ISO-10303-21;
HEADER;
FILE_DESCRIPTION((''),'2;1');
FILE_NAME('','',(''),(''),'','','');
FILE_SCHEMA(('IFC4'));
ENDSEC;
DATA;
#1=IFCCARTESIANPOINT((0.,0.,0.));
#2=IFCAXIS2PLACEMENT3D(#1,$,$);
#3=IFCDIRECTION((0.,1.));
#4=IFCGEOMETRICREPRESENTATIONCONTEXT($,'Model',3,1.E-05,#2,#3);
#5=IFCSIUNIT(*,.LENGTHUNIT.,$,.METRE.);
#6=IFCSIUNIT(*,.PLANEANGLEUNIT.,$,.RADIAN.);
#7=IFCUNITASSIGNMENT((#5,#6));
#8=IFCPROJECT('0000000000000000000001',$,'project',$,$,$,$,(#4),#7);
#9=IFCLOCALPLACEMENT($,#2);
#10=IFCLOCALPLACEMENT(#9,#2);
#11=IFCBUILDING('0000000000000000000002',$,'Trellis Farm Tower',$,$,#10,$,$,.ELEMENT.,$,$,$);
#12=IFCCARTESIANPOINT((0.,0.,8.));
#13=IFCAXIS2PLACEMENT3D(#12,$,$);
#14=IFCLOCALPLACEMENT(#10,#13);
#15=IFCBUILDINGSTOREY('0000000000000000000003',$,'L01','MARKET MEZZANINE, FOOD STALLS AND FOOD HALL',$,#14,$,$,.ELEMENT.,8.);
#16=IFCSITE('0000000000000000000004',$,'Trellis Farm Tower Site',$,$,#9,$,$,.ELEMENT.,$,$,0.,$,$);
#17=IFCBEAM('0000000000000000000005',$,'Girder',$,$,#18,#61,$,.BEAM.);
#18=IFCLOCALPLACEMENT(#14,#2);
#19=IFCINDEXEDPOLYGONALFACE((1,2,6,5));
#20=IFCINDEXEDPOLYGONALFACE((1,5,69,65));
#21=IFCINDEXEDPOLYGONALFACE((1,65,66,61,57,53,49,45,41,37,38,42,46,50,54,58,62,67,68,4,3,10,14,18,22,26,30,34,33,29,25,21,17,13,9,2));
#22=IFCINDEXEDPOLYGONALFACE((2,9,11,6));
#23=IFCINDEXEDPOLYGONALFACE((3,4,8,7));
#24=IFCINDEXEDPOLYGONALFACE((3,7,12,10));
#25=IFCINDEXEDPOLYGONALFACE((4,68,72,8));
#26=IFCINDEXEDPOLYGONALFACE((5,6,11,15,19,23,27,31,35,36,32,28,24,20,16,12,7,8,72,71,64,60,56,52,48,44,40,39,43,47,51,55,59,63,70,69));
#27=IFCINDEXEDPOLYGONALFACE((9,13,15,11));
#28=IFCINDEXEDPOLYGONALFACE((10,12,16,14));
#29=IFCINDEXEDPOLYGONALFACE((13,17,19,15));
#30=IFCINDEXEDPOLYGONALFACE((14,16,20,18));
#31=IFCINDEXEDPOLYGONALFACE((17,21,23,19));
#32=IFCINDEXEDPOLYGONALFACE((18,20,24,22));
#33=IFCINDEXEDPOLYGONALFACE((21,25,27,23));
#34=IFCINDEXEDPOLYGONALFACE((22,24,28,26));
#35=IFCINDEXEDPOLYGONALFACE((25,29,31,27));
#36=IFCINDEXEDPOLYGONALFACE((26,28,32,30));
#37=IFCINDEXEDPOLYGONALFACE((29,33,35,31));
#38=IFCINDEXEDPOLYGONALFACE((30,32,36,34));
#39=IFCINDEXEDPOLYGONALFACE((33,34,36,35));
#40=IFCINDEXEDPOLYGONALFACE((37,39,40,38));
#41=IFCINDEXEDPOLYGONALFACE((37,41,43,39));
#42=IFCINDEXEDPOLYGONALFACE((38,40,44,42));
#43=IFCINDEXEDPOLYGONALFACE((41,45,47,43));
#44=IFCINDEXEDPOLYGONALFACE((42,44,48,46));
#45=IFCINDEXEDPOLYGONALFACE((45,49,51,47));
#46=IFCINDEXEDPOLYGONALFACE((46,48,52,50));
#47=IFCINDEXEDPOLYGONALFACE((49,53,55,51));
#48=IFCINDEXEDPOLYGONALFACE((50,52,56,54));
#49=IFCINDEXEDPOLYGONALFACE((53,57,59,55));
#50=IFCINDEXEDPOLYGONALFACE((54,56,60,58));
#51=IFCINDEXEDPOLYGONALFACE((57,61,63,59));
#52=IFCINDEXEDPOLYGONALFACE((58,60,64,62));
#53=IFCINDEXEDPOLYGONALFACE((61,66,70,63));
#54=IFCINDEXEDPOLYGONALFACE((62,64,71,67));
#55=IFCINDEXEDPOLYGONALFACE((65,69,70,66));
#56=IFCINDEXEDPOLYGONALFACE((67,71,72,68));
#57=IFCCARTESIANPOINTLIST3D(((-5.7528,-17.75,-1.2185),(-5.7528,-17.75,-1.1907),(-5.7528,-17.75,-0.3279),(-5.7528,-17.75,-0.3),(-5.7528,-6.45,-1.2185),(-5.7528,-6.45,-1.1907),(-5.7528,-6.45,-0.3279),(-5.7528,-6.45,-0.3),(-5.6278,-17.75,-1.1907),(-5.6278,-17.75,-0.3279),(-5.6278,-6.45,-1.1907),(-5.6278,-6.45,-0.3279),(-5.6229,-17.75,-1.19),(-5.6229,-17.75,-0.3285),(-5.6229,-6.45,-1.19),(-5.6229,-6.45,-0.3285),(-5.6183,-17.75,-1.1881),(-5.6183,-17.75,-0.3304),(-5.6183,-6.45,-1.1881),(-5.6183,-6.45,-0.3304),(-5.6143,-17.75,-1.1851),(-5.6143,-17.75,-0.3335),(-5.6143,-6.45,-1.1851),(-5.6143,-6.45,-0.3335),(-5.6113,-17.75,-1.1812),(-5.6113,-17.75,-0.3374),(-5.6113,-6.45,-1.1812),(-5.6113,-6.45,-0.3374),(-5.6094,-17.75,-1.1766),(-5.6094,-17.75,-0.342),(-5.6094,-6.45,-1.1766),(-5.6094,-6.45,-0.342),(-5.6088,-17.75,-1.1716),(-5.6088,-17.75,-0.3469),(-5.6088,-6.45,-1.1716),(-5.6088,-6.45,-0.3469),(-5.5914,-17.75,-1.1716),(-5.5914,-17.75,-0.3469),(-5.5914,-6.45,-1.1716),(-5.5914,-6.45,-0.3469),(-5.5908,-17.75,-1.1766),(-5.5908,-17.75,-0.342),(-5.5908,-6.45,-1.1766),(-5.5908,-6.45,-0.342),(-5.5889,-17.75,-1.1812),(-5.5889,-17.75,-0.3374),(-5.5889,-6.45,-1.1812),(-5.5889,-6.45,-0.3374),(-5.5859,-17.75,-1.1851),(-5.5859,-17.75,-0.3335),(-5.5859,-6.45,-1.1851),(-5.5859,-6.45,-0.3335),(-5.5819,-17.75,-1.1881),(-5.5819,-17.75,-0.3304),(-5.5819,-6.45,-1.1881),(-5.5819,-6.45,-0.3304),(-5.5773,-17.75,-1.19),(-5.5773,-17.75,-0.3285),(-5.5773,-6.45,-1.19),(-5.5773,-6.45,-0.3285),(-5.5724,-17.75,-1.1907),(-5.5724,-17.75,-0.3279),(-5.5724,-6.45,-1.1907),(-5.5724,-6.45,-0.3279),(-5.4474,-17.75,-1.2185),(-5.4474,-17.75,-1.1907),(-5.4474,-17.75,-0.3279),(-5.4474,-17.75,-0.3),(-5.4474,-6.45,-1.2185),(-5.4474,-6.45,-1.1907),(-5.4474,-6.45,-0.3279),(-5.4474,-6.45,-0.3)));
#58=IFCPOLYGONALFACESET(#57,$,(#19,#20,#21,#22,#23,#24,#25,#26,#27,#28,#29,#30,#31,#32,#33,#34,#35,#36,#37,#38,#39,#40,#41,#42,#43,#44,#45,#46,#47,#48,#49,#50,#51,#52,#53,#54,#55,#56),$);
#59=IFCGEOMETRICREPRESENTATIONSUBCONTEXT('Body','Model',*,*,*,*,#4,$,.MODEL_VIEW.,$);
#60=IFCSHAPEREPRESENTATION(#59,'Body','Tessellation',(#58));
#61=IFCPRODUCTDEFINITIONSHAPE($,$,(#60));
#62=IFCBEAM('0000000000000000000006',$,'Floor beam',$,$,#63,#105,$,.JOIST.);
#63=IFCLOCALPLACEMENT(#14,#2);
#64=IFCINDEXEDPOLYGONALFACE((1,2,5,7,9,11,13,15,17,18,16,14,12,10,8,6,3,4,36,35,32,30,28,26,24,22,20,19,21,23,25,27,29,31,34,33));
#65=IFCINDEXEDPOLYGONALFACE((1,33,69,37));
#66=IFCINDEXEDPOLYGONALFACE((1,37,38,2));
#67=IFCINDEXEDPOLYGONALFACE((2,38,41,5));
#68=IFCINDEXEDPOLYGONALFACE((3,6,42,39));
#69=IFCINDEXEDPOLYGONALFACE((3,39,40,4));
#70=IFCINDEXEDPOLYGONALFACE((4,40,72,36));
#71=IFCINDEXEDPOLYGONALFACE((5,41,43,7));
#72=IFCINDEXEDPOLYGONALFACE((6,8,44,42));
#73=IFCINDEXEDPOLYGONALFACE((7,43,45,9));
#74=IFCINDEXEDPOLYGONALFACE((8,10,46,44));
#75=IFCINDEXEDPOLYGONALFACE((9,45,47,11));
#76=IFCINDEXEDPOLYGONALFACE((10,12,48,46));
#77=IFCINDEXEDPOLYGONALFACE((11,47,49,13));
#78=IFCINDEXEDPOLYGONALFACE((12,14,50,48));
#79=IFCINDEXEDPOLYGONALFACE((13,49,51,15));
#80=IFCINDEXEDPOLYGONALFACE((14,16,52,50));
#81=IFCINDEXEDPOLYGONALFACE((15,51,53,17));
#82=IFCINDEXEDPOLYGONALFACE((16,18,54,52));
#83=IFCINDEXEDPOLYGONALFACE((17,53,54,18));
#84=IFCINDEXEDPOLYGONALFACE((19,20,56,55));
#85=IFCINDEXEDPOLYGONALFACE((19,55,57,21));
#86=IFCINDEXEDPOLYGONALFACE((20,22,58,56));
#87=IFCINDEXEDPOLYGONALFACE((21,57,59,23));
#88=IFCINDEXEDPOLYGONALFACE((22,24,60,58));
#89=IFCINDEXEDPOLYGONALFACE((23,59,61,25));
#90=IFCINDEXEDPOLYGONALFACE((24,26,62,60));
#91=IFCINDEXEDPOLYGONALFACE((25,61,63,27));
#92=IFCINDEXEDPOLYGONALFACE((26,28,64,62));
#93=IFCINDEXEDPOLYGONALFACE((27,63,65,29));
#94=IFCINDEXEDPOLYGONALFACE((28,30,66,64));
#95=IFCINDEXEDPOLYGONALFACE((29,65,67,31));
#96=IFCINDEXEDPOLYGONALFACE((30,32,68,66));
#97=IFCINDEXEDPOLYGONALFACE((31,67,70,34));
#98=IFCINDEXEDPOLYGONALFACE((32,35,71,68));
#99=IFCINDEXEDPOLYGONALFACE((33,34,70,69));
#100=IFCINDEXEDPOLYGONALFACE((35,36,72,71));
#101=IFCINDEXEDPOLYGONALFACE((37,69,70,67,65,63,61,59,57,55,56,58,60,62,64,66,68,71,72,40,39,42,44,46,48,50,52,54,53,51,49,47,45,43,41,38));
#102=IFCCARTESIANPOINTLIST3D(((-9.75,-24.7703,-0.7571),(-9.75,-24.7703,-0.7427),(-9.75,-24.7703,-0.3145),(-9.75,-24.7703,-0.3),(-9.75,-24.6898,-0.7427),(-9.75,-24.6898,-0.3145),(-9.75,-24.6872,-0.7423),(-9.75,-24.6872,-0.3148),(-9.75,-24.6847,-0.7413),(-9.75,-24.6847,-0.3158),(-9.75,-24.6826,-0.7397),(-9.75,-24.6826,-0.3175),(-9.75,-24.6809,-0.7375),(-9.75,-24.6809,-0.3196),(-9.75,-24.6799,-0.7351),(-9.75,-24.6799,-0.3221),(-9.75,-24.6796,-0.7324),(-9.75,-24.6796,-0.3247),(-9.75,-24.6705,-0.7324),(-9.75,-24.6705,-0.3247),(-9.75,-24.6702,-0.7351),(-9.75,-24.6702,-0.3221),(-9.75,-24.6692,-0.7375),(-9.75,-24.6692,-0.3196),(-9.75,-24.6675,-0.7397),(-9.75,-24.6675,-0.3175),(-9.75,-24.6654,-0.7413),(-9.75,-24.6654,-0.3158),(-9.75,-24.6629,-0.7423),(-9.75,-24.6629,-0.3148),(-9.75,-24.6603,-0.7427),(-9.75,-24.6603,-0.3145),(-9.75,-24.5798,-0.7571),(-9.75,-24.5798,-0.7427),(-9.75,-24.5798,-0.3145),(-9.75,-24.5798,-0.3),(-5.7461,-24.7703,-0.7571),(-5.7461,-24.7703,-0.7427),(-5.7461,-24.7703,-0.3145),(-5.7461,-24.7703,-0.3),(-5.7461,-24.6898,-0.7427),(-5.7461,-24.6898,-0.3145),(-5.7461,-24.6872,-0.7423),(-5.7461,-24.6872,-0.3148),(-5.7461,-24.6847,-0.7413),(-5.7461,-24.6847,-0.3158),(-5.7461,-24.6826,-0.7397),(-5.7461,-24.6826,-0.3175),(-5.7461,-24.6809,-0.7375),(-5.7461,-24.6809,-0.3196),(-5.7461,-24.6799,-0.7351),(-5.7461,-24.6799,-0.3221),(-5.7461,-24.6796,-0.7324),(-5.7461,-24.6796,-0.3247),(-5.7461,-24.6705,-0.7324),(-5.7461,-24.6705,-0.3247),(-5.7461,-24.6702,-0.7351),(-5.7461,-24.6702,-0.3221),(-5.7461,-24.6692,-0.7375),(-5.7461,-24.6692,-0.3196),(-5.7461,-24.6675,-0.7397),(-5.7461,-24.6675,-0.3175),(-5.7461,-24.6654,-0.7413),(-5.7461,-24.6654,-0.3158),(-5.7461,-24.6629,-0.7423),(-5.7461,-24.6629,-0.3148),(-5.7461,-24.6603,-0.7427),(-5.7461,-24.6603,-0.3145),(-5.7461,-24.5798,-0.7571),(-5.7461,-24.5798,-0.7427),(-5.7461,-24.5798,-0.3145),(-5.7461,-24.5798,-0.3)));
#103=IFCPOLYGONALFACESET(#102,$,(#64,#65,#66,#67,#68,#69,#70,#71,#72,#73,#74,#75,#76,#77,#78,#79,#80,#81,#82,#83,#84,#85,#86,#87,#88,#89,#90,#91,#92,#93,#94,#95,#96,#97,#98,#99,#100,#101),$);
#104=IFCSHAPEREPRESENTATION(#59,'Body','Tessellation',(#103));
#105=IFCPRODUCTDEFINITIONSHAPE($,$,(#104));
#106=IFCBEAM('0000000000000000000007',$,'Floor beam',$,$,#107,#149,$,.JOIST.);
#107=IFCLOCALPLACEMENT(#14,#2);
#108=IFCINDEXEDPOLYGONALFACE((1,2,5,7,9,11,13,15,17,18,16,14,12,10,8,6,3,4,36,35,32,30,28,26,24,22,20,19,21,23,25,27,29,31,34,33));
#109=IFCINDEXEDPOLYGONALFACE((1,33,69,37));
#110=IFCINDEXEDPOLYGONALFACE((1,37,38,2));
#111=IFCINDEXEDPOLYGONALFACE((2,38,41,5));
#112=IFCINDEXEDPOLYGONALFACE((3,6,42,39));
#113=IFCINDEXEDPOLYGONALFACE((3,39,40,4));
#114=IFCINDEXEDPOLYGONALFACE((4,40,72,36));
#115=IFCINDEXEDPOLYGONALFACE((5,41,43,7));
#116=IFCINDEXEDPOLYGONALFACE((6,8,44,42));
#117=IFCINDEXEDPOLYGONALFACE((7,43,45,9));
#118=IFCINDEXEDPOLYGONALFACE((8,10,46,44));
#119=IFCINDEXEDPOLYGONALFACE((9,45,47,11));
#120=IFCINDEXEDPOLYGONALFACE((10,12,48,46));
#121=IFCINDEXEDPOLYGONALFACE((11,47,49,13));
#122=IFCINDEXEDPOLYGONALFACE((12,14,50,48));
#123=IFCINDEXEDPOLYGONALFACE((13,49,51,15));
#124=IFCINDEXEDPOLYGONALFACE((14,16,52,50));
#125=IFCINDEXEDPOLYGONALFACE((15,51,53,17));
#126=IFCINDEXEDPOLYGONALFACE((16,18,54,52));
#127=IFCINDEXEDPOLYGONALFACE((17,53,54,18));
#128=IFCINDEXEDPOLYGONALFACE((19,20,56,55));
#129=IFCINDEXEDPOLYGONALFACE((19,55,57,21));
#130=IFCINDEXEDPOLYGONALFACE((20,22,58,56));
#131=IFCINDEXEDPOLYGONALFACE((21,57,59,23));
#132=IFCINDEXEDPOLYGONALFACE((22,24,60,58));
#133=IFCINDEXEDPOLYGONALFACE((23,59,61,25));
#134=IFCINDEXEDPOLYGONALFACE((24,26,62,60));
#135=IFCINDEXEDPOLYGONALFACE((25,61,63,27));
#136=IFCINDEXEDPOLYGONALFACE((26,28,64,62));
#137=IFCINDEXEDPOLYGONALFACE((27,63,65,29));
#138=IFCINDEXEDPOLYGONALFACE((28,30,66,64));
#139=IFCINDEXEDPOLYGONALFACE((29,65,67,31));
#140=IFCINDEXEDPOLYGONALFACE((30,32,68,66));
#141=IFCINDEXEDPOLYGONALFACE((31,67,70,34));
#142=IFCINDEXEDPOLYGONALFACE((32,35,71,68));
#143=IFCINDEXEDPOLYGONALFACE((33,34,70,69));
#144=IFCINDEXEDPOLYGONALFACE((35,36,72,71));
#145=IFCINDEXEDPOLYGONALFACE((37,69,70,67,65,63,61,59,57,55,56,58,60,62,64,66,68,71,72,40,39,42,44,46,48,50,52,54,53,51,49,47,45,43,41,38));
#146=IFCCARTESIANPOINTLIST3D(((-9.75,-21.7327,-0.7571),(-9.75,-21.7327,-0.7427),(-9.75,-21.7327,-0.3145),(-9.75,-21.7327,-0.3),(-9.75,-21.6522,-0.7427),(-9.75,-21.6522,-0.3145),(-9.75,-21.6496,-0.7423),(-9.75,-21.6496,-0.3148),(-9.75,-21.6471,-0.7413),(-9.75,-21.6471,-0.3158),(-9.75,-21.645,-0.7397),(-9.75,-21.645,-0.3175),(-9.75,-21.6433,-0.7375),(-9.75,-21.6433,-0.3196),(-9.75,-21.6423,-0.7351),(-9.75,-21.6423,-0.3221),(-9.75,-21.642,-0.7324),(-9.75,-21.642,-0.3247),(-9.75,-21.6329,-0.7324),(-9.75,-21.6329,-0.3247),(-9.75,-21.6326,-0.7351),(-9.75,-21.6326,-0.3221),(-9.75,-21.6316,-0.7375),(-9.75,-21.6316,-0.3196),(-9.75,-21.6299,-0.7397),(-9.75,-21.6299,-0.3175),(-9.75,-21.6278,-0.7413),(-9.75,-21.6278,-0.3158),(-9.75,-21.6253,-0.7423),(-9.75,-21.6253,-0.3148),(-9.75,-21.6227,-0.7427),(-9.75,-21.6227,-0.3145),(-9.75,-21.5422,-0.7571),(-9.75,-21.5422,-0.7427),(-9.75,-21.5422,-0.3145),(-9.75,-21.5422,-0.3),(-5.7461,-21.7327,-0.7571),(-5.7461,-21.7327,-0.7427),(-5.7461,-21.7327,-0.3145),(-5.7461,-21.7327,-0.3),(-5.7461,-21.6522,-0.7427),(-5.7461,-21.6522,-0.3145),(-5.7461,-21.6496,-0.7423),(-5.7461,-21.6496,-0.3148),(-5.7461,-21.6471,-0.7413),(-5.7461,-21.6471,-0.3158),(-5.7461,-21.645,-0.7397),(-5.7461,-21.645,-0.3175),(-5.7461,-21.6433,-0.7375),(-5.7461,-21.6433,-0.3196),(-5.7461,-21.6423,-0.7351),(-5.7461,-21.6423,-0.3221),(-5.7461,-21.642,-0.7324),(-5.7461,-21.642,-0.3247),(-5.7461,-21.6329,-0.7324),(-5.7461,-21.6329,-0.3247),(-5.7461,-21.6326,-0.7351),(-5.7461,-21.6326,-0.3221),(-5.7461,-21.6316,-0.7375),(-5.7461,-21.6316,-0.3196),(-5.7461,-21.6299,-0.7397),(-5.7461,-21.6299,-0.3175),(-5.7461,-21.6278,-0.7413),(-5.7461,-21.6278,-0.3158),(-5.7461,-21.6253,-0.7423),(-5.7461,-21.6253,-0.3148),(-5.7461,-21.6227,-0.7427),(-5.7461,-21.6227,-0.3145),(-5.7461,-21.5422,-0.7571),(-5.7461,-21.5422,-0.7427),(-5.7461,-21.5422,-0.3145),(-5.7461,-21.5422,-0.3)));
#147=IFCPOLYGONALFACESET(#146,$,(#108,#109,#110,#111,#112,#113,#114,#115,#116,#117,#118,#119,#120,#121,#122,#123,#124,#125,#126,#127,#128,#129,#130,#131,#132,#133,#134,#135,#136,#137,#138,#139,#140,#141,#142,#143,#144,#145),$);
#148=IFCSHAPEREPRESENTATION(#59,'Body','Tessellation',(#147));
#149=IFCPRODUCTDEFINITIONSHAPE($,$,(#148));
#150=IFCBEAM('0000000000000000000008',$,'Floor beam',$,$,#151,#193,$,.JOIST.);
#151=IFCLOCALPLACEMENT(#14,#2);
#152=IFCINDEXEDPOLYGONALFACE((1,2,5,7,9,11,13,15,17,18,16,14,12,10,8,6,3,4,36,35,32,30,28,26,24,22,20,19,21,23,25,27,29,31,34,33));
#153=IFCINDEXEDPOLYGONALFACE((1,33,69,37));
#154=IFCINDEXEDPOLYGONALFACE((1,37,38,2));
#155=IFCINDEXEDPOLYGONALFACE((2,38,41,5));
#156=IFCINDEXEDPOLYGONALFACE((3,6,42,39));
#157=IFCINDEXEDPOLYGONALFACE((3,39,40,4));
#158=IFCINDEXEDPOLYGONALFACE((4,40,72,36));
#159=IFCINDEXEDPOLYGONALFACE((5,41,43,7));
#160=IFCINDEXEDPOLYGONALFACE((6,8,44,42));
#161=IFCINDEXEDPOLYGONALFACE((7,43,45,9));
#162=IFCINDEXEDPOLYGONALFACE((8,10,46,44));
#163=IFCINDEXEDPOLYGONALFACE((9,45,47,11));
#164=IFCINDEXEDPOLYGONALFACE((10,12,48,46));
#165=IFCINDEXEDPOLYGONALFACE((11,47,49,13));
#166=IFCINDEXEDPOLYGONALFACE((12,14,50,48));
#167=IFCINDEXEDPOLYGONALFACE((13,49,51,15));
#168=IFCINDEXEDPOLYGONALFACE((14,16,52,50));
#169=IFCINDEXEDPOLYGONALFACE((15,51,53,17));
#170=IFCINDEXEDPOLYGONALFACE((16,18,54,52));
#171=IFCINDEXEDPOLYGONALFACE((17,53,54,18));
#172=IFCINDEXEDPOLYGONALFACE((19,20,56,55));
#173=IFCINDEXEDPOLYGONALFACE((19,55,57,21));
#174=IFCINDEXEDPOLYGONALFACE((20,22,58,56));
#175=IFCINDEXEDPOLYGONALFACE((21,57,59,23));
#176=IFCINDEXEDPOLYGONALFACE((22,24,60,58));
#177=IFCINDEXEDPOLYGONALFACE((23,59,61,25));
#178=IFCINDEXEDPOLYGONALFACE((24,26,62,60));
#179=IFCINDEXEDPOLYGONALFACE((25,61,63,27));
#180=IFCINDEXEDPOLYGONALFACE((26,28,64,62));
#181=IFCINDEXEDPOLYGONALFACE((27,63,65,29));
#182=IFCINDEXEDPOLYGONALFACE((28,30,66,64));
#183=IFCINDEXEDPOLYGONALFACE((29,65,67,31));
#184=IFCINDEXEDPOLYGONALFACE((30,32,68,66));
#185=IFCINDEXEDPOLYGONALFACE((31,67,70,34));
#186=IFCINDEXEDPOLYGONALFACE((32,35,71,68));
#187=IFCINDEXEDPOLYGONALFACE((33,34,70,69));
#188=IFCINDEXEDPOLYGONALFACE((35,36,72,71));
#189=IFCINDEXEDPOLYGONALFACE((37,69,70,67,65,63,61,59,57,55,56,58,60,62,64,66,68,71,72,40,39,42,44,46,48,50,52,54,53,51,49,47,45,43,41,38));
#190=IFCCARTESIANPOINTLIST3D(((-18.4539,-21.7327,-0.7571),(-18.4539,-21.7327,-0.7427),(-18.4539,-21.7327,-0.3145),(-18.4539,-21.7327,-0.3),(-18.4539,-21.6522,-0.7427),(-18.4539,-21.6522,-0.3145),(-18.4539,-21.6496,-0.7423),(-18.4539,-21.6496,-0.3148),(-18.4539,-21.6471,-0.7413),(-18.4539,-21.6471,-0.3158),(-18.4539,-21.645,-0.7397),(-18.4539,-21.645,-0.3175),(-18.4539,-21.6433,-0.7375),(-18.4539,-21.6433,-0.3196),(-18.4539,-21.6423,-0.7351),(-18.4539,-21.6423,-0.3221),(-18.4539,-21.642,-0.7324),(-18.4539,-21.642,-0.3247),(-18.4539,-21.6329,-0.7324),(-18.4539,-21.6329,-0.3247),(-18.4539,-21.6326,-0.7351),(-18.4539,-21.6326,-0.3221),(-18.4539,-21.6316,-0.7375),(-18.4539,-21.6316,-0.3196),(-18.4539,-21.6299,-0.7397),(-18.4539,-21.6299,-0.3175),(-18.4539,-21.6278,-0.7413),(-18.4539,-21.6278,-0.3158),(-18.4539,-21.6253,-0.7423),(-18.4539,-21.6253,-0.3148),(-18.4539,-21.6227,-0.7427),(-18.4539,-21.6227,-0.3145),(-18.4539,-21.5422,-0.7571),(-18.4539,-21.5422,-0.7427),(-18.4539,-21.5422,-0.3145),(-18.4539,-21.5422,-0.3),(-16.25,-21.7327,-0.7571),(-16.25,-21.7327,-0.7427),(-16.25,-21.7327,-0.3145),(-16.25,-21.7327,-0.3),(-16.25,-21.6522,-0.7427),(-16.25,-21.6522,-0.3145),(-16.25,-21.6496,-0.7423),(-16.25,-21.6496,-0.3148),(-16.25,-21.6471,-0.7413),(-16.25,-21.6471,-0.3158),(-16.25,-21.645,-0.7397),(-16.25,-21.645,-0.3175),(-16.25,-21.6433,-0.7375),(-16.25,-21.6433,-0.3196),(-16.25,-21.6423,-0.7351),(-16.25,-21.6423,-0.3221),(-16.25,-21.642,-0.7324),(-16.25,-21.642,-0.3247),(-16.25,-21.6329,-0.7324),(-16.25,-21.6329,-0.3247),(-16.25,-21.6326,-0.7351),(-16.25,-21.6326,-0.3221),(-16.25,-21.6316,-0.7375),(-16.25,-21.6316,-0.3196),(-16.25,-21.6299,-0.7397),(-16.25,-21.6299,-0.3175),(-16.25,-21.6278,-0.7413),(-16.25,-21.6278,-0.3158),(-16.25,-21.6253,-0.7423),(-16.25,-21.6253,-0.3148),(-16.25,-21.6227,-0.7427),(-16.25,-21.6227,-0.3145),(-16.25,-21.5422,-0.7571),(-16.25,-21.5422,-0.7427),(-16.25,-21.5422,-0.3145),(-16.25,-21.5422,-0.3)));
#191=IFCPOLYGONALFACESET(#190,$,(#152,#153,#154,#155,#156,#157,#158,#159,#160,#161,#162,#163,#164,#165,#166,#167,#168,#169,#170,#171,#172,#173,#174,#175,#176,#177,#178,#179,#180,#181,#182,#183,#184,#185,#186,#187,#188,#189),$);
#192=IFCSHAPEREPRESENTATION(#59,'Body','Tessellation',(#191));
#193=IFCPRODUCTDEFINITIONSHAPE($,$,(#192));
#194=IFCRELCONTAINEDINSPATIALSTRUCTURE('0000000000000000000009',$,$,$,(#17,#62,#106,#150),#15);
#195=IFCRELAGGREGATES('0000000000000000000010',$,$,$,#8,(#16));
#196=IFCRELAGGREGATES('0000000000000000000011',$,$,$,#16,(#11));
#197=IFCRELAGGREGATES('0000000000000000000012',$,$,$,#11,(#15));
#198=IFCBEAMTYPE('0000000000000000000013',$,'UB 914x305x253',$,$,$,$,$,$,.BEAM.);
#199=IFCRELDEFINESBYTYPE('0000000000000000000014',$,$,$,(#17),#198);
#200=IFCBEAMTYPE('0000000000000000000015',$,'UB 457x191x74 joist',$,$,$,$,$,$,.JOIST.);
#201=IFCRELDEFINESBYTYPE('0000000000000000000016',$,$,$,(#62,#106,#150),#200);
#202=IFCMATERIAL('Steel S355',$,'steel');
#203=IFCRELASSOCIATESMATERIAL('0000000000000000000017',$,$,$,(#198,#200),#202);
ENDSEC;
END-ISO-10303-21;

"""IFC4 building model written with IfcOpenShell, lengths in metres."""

from ifc_helpers import new_model, si_unit, direction, frame, origin, origin_2d, place, context, subcontext, project, spatial, i_section, extrude, source, transform, mapped, material, material_profile, profile_set, type_object, element, save


model = new_model("IFC4")

# Units and contexts
model_context = context("Model", 3, precision=1e-05, world=origin(), true_north=direction((0.0, 1.0)))
body_context = subcontext(model_context, "Body", "Model", "MODEL_VIEW")
ifc_project = project(units=[si_unit("LENGTHUNIT", "METRE"), si_unit("PLANEANGLEUNIT", "RADIAN")], contexts=[model_context])

# Site, building, storey
site_placement = place(None, origin())
site = spatial("IfcSite", under=ifc_project, at=site_placement, Name="Trellis Farm Tower Site", CompositionType="ELEMENT", RefElevation=0.0)
building_placement = place(site_placement, origin())
building = spatial("IfcBuilding", under=site, at=building_placement, Name="Trellis Farm Tower", CompositionType="ELEMENT")
storey_placement = place(building_placement, frame((0.0, 0.0, 8.0)))
storey = spatial("IfcBuildingStorey", under=building, at=storey_placement, Name="L01", Description="MARKET MEZZANINE, FOOD STALLS AND FOOD HALL", CompositionType="ELEMENT", Elevation=8.0)

# Beams
ifc_material_1 = material(Name="Steel S355", Category="steel")
ifc_material_profile_1 = material_profile(ifc_material_1, i_section(OverallWidth=0.3054, OverallDepth=0.9185, WebThickness=0.0173, FlangeThickness=0.0278, FilletRadius=0.019, at=origin_2d()), Name="UB 914x305x253")
ifc_profile_set_1 = profile_set([ifc_material_profile_1], Name="Steel S355")
beam_type_1 = type_object("IfcBeamType", Name="UB 914x305x253", PredefinedType="BEAM", material=ifc_profile_set_1)
shared_shape_1 = source(origin(), body_context, "Body", "SweptSolid", [
    extrude(i_section(OverallWidth=0.3054, OverallDepth=0.9185, WebThickness=0.0173, FlangeThickness=0.0278, FilletRadius=0.019, at=origin_2d()), origin(), (0.0, 0.0, 1.0), 11.3),
])
beam_1_placement = place(storey_placement, frame((-5.6001, -17.75, -0.7593), z_axis=(0.0, 1.0, 0.0), x_axis=(-1.0, 0.0, 0.0)))
element("IfcBeam", 1, at=beam_1_placement, inside=storey, type_object=beam_type_1, Name="Girder", PredefinedType="BEAM", context=body_context, shape_type="MappedRepresentation", body=[
    mapped(shared_shape_1, transform((0.0, 0.0, 0.0))),
])
ifc_material_profile_2 = material_profile(ifc_material_1, i_section(OverallWidth=0.1904, OverallDepth=0.457, WebThickness=0.009, FlangeThickness=0.0144, FilletRadius=0.0103, at=origin_2d()), Name="UB 457x191x74")
ifc_profile_set_2 = profile_set([ifc_material_profile_2], Name="Steel S355")
beam_type_2 = type_object("IfcBeamType", Name="UB 457x191x74 joist", PredefinedType="JOIST", material=ifc_profile_set_2)
shared_shape_2 = source(origin(), body_context, "Body", "SweptSolid", [
    extrude(i_section(OverallWidth=0.1904, OverallDepth=0.457, WebThickness=0.009, FlangeThickness=0.0144, FilletRadius=0.0103, at=origin_2d()), origin(), (0.0, 0.0, 1.0), 4.0039),
])
for number, where, z_axis, x_axis, name in (
    (2, (-9.75, -24.675, -0.5286), (1.0, 0.0, 0.0), (0.0, 1.0, 0.0), "Floor beam"),
    (3, (-9.75, -21.6375, -0.5286), (1.0, 0.0, 0.0), (0.0, 1.0, 0.0), "Floor beam"),
):
    element("IfcBeam", number, at=place(storey_placement, frame(where, z_axis=z_axis, x_axis=x_axis)), inside=storey, type_object=beam_type_2, Name=name, PredefinedType="JOIST", context=body_context, shape_type="MappedRepresentation", body=[
        mapped(shared_shape_2, transform((0.0, 0.0, 0.0))),
    ])
shared_shape_3 = source(origin(), body_context, "Body", "SweptSolid", [
    extrude(i_section(OverallWidth=0.1904, OverallDepth=0.457, WebThickness=0.009, FlangeThickness=0.0144, FilletRadius=0.0103, at=origin_2d()), origin(), (0.0, 0.0, 1.0), 2.2039),
])
beam_2_placement = place(storey_placement, frame((-18.4539, -21.6375, -0.5286), z_axis=(1.0, 0.0, 0.0), x_axis=(0.0, 1.0, 0.0)))
element("IfcBeam", 4, at=beam_2_placement, inside=storey, type_object=beam_type_2, Name="Floor beam", PredefinedType="JOIST", context=body_context, shape_type="MappedRepresentation", body=[
    mapped(shared_shape_3, transform((0.0, 0.0, 0.0))),
])

save(model, "model.ifc")
